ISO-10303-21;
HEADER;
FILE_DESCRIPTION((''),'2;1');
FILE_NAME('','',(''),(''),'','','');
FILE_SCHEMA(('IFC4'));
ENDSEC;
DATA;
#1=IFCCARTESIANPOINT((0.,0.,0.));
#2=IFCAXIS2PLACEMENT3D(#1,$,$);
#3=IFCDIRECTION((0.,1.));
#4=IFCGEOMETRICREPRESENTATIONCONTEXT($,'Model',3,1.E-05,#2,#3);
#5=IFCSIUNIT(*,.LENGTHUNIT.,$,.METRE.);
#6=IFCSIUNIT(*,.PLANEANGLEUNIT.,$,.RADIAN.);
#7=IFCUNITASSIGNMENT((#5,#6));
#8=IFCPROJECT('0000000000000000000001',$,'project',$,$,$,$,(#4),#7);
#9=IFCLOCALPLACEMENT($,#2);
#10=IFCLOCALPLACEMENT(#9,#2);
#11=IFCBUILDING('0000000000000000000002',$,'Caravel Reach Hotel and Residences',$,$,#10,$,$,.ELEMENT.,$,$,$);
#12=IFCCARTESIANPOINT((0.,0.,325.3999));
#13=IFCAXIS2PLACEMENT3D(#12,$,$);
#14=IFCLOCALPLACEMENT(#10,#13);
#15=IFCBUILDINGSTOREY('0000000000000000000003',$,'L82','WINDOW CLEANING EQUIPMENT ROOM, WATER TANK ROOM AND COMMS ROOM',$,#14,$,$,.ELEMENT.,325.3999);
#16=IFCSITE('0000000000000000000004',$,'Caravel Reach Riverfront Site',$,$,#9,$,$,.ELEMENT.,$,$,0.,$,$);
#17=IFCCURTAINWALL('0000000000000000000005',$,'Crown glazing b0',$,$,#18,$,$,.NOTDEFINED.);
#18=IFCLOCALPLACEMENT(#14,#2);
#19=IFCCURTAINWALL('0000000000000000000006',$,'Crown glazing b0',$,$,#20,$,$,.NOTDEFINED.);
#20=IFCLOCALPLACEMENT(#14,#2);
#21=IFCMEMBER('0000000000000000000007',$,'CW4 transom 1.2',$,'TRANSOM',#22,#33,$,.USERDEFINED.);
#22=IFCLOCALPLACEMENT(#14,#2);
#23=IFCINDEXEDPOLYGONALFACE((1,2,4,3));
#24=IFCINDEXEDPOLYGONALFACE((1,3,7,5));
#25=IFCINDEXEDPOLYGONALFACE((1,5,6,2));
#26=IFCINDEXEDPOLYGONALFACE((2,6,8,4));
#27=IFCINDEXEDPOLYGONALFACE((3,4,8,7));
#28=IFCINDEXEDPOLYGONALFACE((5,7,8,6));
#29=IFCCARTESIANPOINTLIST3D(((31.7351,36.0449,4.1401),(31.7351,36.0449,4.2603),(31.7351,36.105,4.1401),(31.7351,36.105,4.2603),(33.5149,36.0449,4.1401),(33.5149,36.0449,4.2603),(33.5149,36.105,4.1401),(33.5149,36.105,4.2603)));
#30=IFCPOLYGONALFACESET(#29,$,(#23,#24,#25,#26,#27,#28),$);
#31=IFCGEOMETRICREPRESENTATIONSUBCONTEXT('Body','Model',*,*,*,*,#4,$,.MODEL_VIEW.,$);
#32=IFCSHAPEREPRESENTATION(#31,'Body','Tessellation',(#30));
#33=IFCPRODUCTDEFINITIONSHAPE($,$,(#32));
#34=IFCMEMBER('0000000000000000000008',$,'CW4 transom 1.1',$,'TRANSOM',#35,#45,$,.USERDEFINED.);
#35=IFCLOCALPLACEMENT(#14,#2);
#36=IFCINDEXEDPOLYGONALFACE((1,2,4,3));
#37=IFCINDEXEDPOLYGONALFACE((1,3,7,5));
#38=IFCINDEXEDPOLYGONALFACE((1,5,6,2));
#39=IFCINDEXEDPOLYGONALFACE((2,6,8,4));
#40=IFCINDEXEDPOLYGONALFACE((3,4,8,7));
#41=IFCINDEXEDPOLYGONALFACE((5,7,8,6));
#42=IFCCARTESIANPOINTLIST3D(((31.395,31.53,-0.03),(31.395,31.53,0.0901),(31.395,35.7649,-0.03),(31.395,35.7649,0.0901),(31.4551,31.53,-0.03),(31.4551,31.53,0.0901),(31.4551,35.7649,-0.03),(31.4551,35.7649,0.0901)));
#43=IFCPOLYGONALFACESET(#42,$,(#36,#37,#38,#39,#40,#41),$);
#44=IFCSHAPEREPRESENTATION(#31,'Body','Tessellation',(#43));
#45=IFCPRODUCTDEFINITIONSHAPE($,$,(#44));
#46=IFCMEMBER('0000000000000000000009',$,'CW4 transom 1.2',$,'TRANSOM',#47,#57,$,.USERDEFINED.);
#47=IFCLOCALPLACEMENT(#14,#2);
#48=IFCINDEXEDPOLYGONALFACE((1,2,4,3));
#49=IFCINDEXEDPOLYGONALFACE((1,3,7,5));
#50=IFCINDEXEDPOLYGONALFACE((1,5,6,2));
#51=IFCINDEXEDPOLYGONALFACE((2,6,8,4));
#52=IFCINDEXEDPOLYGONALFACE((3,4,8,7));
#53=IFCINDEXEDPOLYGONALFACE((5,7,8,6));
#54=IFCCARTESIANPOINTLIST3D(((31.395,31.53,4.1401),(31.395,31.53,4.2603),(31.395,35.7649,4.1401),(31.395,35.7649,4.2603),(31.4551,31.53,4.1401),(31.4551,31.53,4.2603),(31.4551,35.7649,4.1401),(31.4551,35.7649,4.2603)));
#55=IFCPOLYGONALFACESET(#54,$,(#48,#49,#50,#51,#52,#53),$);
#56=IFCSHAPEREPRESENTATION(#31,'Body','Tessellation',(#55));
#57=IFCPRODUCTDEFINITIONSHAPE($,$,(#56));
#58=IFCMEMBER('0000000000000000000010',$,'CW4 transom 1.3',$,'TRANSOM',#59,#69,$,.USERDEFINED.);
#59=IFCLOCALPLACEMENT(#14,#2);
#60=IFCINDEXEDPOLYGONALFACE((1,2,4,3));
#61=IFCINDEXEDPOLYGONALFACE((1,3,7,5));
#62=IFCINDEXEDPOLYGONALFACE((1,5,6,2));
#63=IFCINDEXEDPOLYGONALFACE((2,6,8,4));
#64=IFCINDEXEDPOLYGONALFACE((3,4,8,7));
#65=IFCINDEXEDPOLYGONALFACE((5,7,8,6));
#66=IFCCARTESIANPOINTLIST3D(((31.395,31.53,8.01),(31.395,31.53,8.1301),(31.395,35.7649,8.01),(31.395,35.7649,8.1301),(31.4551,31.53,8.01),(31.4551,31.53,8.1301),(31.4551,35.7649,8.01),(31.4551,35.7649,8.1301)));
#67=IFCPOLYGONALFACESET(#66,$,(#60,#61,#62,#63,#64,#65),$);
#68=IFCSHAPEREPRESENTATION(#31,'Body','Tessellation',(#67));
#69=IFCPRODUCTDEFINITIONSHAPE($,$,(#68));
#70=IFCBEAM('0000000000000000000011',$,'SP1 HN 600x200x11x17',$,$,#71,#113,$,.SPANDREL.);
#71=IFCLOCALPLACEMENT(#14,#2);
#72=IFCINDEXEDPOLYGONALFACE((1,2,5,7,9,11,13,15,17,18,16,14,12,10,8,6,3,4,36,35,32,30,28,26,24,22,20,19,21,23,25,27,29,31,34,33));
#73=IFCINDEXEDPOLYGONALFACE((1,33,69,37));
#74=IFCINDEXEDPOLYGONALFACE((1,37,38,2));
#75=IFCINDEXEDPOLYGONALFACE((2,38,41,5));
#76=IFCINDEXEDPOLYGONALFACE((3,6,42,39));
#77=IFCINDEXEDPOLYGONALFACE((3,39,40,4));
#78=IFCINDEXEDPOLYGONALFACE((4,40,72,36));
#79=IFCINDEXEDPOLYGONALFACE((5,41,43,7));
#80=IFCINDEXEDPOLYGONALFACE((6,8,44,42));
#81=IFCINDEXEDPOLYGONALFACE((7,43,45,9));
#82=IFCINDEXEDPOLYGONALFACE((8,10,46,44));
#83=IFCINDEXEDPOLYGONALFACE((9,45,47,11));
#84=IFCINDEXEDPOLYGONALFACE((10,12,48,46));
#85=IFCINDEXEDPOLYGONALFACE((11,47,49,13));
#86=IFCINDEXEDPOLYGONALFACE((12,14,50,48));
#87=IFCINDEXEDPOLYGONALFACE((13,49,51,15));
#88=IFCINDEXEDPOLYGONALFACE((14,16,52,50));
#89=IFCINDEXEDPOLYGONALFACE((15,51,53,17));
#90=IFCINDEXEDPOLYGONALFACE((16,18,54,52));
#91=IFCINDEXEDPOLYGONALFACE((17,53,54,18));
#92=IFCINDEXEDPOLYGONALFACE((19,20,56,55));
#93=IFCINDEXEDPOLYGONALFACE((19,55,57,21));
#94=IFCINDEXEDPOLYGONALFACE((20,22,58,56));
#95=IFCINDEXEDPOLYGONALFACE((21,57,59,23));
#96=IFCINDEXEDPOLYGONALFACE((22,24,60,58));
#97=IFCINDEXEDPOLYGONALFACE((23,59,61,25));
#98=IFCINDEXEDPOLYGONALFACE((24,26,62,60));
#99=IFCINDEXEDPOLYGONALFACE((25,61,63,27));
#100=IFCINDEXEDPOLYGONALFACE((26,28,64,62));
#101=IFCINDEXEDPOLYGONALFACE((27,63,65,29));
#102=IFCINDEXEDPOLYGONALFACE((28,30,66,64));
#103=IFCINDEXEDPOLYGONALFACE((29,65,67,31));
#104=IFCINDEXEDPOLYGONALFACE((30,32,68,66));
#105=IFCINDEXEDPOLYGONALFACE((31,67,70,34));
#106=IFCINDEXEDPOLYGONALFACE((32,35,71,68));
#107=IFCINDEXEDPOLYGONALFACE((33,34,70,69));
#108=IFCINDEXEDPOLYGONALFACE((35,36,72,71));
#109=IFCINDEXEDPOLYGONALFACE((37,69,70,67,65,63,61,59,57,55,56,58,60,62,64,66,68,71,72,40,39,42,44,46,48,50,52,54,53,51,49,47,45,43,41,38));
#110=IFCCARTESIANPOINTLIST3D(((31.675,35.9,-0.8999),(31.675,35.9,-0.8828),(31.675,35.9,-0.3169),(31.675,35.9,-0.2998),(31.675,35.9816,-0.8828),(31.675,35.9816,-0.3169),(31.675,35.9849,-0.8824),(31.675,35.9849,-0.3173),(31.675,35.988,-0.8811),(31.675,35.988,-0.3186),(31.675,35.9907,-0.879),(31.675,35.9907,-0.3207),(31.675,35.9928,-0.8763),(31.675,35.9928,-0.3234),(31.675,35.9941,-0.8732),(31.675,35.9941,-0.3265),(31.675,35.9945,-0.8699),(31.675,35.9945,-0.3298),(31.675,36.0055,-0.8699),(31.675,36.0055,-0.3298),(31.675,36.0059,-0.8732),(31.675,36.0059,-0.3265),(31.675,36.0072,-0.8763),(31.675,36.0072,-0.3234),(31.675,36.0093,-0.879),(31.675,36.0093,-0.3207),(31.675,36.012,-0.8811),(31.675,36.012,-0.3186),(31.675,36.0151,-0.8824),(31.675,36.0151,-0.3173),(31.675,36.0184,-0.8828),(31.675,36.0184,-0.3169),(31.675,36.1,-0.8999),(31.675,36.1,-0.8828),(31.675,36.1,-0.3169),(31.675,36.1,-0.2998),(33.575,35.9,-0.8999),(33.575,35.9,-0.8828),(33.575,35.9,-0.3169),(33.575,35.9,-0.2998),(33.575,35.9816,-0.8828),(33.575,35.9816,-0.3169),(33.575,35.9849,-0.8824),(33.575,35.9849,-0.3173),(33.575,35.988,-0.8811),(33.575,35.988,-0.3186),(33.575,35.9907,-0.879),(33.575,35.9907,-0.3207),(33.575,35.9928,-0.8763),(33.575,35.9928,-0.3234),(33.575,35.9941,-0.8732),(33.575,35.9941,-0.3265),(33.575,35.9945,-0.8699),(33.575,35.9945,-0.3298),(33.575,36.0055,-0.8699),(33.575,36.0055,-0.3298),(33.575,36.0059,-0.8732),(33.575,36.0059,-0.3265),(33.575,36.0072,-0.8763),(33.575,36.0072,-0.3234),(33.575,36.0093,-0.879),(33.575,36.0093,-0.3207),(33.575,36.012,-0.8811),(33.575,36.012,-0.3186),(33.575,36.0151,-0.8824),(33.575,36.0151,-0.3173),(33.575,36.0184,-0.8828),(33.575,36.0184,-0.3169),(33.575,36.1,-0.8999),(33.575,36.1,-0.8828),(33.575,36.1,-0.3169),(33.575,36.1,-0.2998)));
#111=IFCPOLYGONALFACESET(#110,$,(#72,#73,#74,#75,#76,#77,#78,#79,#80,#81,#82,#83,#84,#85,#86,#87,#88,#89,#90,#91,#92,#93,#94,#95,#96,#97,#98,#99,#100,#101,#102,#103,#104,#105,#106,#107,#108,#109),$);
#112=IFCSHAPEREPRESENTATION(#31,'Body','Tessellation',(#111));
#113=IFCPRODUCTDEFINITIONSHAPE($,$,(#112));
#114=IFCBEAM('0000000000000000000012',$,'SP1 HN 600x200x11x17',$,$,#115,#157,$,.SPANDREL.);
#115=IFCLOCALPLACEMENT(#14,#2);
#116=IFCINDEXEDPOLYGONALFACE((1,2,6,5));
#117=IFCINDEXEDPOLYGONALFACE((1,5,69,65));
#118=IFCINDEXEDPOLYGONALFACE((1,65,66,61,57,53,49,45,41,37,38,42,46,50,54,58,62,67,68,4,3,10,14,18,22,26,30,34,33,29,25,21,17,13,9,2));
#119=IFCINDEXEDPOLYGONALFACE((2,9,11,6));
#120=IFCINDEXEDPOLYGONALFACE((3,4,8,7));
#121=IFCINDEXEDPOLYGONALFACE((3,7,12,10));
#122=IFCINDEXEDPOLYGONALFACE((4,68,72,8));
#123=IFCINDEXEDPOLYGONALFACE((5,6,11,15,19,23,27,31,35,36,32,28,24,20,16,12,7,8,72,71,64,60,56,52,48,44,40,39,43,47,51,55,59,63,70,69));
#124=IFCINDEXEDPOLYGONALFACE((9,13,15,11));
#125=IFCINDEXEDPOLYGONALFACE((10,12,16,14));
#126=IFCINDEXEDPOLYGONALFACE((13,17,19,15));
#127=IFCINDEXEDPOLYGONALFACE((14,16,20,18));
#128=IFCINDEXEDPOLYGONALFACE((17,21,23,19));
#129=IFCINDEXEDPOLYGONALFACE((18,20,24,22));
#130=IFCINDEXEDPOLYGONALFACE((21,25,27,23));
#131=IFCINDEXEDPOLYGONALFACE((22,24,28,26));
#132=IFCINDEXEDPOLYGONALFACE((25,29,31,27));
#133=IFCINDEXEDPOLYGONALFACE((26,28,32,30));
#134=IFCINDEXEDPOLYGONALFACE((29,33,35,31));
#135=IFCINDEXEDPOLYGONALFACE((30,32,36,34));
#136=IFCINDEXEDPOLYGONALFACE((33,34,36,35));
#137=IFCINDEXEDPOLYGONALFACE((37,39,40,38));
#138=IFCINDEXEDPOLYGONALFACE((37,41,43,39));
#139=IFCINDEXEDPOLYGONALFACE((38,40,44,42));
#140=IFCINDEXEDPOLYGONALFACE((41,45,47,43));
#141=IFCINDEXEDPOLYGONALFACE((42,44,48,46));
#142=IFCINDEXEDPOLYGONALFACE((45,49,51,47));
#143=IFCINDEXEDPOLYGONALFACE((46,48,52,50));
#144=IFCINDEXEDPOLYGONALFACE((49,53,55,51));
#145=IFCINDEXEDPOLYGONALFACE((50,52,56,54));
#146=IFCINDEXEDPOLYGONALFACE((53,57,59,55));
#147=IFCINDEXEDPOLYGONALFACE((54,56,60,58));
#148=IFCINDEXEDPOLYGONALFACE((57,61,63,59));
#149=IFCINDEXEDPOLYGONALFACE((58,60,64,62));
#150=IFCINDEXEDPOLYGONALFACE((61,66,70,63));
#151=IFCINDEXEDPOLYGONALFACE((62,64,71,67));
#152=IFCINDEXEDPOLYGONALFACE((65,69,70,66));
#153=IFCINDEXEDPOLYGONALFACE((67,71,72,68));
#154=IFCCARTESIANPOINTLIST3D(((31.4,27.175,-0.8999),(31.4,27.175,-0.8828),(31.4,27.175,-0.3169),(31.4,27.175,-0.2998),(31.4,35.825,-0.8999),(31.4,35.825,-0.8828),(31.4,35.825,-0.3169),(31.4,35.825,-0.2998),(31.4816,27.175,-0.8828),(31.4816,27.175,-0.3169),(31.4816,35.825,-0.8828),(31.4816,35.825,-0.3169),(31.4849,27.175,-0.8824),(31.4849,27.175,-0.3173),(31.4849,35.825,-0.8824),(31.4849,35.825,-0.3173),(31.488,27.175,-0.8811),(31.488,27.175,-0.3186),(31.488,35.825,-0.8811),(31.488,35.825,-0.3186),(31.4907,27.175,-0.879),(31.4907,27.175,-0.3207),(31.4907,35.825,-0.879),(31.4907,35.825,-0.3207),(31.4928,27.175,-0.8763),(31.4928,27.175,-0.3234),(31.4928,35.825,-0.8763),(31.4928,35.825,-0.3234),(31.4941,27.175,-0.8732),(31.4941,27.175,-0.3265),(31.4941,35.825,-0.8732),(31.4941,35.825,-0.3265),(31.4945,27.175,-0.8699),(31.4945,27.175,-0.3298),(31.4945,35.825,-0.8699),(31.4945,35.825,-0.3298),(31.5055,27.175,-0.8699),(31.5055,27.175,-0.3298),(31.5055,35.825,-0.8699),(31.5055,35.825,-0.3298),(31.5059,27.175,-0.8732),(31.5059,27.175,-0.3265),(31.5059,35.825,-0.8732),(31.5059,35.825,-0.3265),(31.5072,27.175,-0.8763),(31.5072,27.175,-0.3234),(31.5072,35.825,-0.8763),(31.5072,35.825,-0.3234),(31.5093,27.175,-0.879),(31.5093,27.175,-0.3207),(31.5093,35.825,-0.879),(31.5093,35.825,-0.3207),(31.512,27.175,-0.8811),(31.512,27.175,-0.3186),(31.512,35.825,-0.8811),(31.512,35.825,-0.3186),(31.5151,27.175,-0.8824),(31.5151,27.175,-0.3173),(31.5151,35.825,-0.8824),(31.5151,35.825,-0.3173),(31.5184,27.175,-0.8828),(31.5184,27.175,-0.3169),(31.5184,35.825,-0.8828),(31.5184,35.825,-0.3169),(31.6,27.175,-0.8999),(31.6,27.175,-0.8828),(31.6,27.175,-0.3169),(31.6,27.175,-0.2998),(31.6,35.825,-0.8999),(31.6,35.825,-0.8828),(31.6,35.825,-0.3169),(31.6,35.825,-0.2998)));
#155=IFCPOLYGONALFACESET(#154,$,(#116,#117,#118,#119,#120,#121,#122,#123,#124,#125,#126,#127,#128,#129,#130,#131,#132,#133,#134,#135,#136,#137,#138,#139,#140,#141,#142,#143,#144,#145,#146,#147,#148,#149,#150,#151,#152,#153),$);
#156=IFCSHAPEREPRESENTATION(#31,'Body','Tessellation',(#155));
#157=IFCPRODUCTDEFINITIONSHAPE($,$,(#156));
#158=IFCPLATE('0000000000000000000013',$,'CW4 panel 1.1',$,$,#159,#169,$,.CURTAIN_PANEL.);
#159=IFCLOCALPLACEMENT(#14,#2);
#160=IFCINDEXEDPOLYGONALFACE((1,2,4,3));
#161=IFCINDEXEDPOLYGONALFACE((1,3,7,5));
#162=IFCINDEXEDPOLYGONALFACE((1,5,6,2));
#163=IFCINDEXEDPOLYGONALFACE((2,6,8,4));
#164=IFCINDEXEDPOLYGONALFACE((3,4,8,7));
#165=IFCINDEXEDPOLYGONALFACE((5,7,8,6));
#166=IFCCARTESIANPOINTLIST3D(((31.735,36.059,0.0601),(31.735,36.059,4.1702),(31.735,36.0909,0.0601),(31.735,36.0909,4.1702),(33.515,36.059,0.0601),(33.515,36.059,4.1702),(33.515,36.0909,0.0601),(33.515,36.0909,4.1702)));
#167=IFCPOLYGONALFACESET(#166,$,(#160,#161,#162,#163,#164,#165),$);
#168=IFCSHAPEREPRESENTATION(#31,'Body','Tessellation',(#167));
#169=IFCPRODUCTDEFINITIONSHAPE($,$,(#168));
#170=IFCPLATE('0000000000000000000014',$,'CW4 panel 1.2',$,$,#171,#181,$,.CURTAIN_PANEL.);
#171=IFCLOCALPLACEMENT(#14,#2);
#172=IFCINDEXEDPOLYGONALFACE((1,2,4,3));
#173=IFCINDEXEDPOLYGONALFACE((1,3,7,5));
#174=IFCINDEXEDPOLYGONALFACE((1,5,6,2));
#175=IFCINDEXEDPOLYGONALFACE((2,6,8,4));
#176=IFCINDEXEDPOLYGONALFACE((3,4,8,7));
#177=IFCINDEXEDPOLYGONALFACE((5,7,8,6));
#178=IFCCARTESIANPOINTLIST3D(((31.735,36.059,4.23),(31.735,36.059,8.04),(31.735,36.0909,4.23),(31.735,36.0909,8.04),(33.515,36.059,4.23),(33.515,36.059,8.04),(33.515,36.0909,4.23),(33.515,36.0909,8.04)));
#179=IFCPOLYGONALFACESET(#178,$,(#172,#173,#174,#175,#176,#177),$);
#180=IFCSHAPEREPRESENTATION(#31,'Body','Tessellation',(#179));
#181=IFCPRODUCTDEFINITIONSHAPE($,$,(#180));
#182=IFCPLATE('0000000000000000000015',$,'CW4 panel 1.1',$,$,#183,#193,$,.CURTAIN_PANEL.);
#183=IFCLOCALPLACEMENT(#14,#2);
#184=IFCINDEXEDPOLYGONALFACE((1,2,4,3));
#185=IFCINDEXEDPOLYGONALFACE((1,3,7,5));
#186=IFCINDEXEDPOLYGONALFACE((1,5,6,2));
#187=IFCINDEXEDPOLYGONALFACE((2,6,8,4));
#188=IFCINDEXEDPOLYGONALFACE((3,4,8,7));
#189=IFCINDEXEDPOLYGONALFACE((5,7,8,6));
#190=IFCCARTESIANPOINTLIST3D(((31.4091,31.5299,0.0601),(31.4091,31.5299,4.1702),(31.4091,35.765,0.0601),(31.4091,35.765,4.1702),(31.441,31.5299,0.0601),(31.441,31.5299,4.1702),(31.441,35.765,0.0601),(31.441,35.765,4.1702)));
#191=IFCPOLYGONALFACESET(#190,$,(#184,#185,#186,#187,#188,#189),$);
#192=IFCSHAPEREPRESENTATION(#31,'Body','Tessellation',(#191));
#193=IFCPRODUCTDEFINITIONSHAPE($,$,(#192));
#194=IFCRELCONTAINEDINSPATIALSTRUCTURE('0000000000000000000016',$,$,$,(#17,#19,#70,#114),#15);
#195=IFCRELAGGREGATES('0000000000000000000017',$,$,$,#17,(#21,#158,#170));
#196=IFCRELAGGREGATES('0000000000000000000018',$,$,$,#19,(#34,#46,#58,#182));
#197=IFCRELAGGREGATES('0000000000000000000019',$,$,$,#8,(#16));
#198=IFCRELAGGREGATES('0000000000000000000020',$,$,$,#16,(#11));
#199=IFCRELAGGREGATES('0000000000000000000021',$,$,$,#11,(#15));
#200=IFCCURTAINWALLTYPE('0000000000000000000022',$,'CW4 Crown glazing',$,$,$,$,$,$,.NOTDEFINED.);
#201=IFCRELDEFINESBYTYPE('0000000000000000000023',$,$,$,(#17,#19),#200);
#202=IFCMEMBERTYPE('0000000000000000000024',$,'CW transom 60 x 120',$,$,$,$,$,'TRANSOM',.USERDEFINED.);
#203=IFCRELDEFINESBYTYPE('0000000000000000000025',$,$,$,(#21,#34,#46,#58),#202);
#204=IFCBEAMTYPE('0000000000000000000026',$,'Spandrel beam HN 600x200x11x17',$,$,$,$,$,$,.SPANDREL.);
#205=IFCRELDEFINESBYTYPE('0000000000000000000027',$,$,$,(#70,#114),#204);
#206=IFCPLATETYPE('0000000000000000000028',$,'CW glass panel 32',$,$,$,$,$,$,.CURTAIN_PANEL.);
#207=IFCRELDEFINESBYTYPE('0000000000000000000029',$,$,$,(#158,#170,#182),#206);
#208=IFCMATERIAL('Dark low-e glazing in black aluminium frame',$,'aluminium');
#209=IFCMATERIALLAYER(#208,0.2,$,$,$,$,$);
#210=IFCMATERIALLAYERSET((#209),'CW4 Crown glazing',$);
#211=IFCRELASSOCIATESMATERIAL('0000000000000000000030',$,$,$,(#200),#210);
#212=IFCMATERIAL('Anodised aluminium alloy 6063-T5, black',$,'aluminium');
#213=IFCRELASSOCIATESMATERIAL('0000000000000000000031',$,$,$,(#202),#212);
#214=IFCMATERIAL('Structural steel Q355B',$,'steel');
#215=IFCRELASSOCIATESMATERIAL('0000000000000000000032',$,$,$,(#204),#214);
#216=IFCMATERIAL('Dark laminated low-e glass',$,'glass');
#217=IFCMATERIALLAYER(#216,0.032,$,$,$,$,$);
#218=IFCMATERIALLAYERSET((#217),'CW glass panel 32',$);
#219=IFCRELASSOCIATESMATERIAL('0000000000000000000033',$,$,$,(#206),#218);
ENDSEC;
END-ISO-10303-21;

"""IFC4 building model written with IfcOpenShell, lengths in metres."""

from ifc_helpers import new_model, si_unit, direction, frame, origin, origin_2d, place, context, subcontext, project, spatial, rectangle, i_section, extrude, material, layer, layer_set, material_profile, profile_set, type_object, element, aggregate, save


model = new_model("IFC4")

# Units and contexts
model_context = context("Model", 3, precision=1e-05, world=origin(), true_north=direction((0.0, 1.0)))
body_context = subcontext(model_context, "Body", "Model", "MODEL_VIEW")
ifc_project = project(units=[si_unit("LENGTHUNIT", "METRE"), si_unit("PLANEANGLEUNIT", "RADIAN")], contexts=[model_context])

# Site, building, storey
site_placement = place(None, origin())
site = spatial("IfcSite", under=ifc_project, at=site_placement, Name="Caravel Reach Riverfront Site", CompositionType="ELEMENT", RefElevation=0.0)
building_placement = place(site_placement, origin())
building = spatial("IfcBuilding", under=site, at=building_placement, Name="Caravel Reach Hotel and Residences", CompositionType="ELEMENT")
storey_placement = place(building_placement, frame((0.0, 0.0, 325.3999)))
storey = spatial("IfcBuildingStorey", under=building, at=storey_placement, Name="L82", Description="WINDOW CLEANING EQUIPMENT ROOM, WATER TANK ROOM AND COMMS ROOM", CompositionType="ELEMENT", Elevation=325.3999)

# Curtain walls
ifc_material_1 = material(Name="Dark low-e glazing in black aluminium frame", Category="aluminium")
ifc_layer_1 = layer(ifc_material_1, 0.2)
ifc_layer_set_1 = layer_set([ifc_layer_1], Name="CW4 Crown glazing")
curtain_wall_type = type_object("IfcCurtainWallType", Name="CW4 Crown glazing", PredefinedType="NOTDEFINED", material=ifc_layer_set_1)
curtain_wall_1_placement = place(storey_placement, origin())
curtain_wall_1 = element("IfcCurtainWall", 1, at=curtain_wall_1_placement, inside=storey, type_object=curtain_wall_type, Name="Crown glazing b0", PredefinedType="NOTDEFINED")
curtain_wall_2_placement = place(storey_placement, origin())
curtain_wall_2 = element("IfcCurtainWall", 2, at=curtain_wall_2_placement, inside=storey, type_object=curtain_wall_type, Name="Crown glazing b0", PredefinedType="NOTDEFINED")

# Members
ifc_material_2 = material(Name="Anodised aluminium alloy 6063-T5, black", Category="aluminium")
ifc_material_profile_1 = material_profile(ifc_material_2, rectangle(XDim=0.0601, YDim=0.1201, at=origin_2d()), Name="CW transom 60 x 120")
ifc_profile_set_1 = profile_set([ifc_material_profile_1], Name="Anodised aluminium alloy 6063-T5, black")
member_type_1 = type_object("IfcMemberType", Name="CW transom 60 x 120", ElementType="TRANSOM", PredefinedType="USERDEFINED", material=ifc_profile_set_1)
member_1_placement = place(storey_placement, frame((33.5149, 36.075, 4.2002), z_axis=(-1.0, 0.0, 0.0), x_axis=(0.0, -1.0, 0.0)))
member_1 = element("IfcMember", 3, at=member_1_placement, type_object=member_type_1, Name="CW4 transom 1.2", ObjectType="TRANSOM", PredefinedType="USERDEFINED", context=body_context, shape_type="SweptSolid", body=[
    extrude(rectangle(XDim=0.0601, YDim=0.1201, at=origin_2d()), origin(), (0.0, 0.0, 1.0), 1.7798),
])
member_2_placement = place(storey_placement, frame((31.425, 35.7649, 0.03), z_axis=(0.0, -1.0, 0.0), x_axis=(1.0, 0.0, 0.0)))
member_2 = element("IfcMember", 4, at=member_2_placement, type_object=member_type_1, Name="CW4 transom 1.1", ObjectType="TRANSOM", PredefinedType="USERDEFINED", context=body_context, shape_type="SweptSolid", body=[
    extrude(rectangle(XDim=0.0601, YDim=0.1201, at=origin_2d()), origin(), (0.0, 0.0, 1.0), 4.2349),
])
member_3_placement = place(storey_placement, frame((31.425, 35.7649, 4.2002), z_axis=(0.0, -1.0, 0.0), x_axis=(1.0, 0.0, 0.0)))
member_3 = element("IfcMember", 5, at=member_3_placement, type_object=member_type_1, Name="CW4 transom 1.2", ObjectType="TRANSOM", PredefinedType="USERDEFINED", context=body_context, shape_type="SweptSolid", body=[
    extrude(rectangle(XDim=0.0601, YDim=0.1201, at=origin_2d()), origin(), (0.0, 0.0, 1.0), 4.2349),
])
member_4_placement = place(storey_placement, frame((31.425, 35.7649, 8.0701), z_axis=(0.0, -1.0, 0.0), x_axis=(1.0, 0.0, 0.0)))
member_4 = element("IfcMember", 6, at=member_4_placement, type_object=member_type_1, Name="CW4 transom 1.3", ObjectType="TRANSOM", PredefinedType="USERDEFINED", context=body_context, shape_type="SweptSolid", body=[
    extrude(rectangle(XDim=0.0601, YDim=0.1201, at=origin_2d()), origin(), (0.0, 0.0, 1.0), 4.2349),
])

# Beams
ifc_material_3 = material(Name="Structural steel Q355B", Category="steel")
ifc_material_profile_2 = material_profile(ifc_material_3, i_section(OverallWidth=0.2, OverallDepth=0.6001, WebThickness=0.011, FlangeThickness=0.0171, FilletRadius=0.0129, at=origin_2d()), Name="HN 600x200x11x17")
ifc_profile_set_2 = profile_set([ifc_material_profile_2], Name="Structural steel Q355B")
beam_type_1 = type_object("IfcBeamType", Name="Spandrel beam HN 600x200x11x17", PredefinedType="SPANDREL", material=ifc_profile_set_2)
beam_1_placement = place(storey_placement, frame((33.575, 36.0, -0.5999), z_axis=(-1.0, 0.0, 0.0), x_axis=(0.0, -1.0, 0.0)))
element("IfcBeam", 7, at=beam_1_placement, inside=storey, type_object=beam_type_1, Name="SP1 HN 600x200x11x17", PredefinedType="SPANDREL", context=body_context, shape_type="SweptSolid", body=[
    extrude(i_section(OverallWidth=0.2, OverallDepth=0.6001, WebThickness=0.011, FlangeThickness=0.0171, FilletRadius=0.0129, at=origin_2d()), origin(), (0.0, 0.0, 1.0), 1.8999),
])
beam_2_placement = place(storey_placement, frame((31.5, 35.825, -0.5999), z_axis=(0.0, -1.0, 0.0), x_axis=(1.0, 0.0, 0.0)))
element("IfcBeam", 8, at=beam_2_placement, inside=storey, type_object=beam_type_1, Name="SP1 HN 600x200x11x17", PredefinedType="SPANDREL", context=body_context, shape_type="SweptSolid", body=[
    extrude(i_section(OverallWidth=0.2, OverallDepth=0.6001, WebThickness=0.011, FlangeThickness=0.0171, FilletRadius=0.0129, at=origin_2d()), origin(), (0.0, 0.0, 1.0), 8.6499),
])

# Plates
ifc_material_4 = material(Name="Dark laminated low-e glass", Category="glass")
ifc_layer_2 = layer(ifc_material_4, 0.032)
ifc_layer_set_2 = layer_set([ifc_layer_2], Name="CW glass panel 32")
plate_type = type_object("IfcPlateType", Name="CW glass panel 32", PredefinedType="CURTAIN_PANEL", material=ifc_layer_set_2)
plate_1_placement = place(storey_placement, frame((32.625, 36.075, 0.0601), z_axis=(0.0, 0.0, 1.0), x_axis=(-1.0, 0.0, 0.0)))
plate_1 = element("IfcPlate", 9, at=plate_1_placement, type_object=plate_type, Name="CW4 panel 1.1", PredefinedType="CURTAIN_PANEL", context=body_context, shape_type="SweptSolid", body=[
    extrude(rectangle(XDim=1.78, YDim=0.032, at=origin_2d()), origin(), (0.0, 0.0, 1.0), 4.1101),
])
plate_2_placement = place(storey_placement, frame((32.625, 36.075, 4.23), z_axis=(0.0, 0.0, 1.0), x_axis=(-1.0, 0.0, 0.0)))
plate_2 = element("IfcPlate", 10, at=plate_2_placement, type_object=plate_type, Name="CW4 panel 1.2", PredefinedType="CURTAIN_PANEL", context=body_context, shape_type="SweptSolid", body=[
    extrude(rectangle(XDim=1.78, YDim=0.032, at=origin_2d()), origin(), (0.0, 0.0, 1.0), 3.8101),
])
aggregate(curtain_wall_1, [member_1, plate_1, plate_2])
plate_3_placement = place(storey_placement, frame((31.425, 33.6475, 0.0601), z_axis=(0.0, 0.0, 1.0), x_axis=(0.0, -1.0, 0.0)))
plate_3 = element("IfcPlate", 11, at=plate_3_placement, type_object=plate_type, Name="CW4 panel 1.1", PredefinedType="CURTAIN_PANEL", context=body_context, shape_type="SweptSolid", body=[
    extrude(rectangle(XDim=4.2351, YDim=0.032, at=origin_2d()), origin(), (0.0, 0.0, 1.0), 4.1101),
])
aggregate(curtain_wall_2, [member_2, member_3, member_4, plate_3])

save(model, "model.ifc")
